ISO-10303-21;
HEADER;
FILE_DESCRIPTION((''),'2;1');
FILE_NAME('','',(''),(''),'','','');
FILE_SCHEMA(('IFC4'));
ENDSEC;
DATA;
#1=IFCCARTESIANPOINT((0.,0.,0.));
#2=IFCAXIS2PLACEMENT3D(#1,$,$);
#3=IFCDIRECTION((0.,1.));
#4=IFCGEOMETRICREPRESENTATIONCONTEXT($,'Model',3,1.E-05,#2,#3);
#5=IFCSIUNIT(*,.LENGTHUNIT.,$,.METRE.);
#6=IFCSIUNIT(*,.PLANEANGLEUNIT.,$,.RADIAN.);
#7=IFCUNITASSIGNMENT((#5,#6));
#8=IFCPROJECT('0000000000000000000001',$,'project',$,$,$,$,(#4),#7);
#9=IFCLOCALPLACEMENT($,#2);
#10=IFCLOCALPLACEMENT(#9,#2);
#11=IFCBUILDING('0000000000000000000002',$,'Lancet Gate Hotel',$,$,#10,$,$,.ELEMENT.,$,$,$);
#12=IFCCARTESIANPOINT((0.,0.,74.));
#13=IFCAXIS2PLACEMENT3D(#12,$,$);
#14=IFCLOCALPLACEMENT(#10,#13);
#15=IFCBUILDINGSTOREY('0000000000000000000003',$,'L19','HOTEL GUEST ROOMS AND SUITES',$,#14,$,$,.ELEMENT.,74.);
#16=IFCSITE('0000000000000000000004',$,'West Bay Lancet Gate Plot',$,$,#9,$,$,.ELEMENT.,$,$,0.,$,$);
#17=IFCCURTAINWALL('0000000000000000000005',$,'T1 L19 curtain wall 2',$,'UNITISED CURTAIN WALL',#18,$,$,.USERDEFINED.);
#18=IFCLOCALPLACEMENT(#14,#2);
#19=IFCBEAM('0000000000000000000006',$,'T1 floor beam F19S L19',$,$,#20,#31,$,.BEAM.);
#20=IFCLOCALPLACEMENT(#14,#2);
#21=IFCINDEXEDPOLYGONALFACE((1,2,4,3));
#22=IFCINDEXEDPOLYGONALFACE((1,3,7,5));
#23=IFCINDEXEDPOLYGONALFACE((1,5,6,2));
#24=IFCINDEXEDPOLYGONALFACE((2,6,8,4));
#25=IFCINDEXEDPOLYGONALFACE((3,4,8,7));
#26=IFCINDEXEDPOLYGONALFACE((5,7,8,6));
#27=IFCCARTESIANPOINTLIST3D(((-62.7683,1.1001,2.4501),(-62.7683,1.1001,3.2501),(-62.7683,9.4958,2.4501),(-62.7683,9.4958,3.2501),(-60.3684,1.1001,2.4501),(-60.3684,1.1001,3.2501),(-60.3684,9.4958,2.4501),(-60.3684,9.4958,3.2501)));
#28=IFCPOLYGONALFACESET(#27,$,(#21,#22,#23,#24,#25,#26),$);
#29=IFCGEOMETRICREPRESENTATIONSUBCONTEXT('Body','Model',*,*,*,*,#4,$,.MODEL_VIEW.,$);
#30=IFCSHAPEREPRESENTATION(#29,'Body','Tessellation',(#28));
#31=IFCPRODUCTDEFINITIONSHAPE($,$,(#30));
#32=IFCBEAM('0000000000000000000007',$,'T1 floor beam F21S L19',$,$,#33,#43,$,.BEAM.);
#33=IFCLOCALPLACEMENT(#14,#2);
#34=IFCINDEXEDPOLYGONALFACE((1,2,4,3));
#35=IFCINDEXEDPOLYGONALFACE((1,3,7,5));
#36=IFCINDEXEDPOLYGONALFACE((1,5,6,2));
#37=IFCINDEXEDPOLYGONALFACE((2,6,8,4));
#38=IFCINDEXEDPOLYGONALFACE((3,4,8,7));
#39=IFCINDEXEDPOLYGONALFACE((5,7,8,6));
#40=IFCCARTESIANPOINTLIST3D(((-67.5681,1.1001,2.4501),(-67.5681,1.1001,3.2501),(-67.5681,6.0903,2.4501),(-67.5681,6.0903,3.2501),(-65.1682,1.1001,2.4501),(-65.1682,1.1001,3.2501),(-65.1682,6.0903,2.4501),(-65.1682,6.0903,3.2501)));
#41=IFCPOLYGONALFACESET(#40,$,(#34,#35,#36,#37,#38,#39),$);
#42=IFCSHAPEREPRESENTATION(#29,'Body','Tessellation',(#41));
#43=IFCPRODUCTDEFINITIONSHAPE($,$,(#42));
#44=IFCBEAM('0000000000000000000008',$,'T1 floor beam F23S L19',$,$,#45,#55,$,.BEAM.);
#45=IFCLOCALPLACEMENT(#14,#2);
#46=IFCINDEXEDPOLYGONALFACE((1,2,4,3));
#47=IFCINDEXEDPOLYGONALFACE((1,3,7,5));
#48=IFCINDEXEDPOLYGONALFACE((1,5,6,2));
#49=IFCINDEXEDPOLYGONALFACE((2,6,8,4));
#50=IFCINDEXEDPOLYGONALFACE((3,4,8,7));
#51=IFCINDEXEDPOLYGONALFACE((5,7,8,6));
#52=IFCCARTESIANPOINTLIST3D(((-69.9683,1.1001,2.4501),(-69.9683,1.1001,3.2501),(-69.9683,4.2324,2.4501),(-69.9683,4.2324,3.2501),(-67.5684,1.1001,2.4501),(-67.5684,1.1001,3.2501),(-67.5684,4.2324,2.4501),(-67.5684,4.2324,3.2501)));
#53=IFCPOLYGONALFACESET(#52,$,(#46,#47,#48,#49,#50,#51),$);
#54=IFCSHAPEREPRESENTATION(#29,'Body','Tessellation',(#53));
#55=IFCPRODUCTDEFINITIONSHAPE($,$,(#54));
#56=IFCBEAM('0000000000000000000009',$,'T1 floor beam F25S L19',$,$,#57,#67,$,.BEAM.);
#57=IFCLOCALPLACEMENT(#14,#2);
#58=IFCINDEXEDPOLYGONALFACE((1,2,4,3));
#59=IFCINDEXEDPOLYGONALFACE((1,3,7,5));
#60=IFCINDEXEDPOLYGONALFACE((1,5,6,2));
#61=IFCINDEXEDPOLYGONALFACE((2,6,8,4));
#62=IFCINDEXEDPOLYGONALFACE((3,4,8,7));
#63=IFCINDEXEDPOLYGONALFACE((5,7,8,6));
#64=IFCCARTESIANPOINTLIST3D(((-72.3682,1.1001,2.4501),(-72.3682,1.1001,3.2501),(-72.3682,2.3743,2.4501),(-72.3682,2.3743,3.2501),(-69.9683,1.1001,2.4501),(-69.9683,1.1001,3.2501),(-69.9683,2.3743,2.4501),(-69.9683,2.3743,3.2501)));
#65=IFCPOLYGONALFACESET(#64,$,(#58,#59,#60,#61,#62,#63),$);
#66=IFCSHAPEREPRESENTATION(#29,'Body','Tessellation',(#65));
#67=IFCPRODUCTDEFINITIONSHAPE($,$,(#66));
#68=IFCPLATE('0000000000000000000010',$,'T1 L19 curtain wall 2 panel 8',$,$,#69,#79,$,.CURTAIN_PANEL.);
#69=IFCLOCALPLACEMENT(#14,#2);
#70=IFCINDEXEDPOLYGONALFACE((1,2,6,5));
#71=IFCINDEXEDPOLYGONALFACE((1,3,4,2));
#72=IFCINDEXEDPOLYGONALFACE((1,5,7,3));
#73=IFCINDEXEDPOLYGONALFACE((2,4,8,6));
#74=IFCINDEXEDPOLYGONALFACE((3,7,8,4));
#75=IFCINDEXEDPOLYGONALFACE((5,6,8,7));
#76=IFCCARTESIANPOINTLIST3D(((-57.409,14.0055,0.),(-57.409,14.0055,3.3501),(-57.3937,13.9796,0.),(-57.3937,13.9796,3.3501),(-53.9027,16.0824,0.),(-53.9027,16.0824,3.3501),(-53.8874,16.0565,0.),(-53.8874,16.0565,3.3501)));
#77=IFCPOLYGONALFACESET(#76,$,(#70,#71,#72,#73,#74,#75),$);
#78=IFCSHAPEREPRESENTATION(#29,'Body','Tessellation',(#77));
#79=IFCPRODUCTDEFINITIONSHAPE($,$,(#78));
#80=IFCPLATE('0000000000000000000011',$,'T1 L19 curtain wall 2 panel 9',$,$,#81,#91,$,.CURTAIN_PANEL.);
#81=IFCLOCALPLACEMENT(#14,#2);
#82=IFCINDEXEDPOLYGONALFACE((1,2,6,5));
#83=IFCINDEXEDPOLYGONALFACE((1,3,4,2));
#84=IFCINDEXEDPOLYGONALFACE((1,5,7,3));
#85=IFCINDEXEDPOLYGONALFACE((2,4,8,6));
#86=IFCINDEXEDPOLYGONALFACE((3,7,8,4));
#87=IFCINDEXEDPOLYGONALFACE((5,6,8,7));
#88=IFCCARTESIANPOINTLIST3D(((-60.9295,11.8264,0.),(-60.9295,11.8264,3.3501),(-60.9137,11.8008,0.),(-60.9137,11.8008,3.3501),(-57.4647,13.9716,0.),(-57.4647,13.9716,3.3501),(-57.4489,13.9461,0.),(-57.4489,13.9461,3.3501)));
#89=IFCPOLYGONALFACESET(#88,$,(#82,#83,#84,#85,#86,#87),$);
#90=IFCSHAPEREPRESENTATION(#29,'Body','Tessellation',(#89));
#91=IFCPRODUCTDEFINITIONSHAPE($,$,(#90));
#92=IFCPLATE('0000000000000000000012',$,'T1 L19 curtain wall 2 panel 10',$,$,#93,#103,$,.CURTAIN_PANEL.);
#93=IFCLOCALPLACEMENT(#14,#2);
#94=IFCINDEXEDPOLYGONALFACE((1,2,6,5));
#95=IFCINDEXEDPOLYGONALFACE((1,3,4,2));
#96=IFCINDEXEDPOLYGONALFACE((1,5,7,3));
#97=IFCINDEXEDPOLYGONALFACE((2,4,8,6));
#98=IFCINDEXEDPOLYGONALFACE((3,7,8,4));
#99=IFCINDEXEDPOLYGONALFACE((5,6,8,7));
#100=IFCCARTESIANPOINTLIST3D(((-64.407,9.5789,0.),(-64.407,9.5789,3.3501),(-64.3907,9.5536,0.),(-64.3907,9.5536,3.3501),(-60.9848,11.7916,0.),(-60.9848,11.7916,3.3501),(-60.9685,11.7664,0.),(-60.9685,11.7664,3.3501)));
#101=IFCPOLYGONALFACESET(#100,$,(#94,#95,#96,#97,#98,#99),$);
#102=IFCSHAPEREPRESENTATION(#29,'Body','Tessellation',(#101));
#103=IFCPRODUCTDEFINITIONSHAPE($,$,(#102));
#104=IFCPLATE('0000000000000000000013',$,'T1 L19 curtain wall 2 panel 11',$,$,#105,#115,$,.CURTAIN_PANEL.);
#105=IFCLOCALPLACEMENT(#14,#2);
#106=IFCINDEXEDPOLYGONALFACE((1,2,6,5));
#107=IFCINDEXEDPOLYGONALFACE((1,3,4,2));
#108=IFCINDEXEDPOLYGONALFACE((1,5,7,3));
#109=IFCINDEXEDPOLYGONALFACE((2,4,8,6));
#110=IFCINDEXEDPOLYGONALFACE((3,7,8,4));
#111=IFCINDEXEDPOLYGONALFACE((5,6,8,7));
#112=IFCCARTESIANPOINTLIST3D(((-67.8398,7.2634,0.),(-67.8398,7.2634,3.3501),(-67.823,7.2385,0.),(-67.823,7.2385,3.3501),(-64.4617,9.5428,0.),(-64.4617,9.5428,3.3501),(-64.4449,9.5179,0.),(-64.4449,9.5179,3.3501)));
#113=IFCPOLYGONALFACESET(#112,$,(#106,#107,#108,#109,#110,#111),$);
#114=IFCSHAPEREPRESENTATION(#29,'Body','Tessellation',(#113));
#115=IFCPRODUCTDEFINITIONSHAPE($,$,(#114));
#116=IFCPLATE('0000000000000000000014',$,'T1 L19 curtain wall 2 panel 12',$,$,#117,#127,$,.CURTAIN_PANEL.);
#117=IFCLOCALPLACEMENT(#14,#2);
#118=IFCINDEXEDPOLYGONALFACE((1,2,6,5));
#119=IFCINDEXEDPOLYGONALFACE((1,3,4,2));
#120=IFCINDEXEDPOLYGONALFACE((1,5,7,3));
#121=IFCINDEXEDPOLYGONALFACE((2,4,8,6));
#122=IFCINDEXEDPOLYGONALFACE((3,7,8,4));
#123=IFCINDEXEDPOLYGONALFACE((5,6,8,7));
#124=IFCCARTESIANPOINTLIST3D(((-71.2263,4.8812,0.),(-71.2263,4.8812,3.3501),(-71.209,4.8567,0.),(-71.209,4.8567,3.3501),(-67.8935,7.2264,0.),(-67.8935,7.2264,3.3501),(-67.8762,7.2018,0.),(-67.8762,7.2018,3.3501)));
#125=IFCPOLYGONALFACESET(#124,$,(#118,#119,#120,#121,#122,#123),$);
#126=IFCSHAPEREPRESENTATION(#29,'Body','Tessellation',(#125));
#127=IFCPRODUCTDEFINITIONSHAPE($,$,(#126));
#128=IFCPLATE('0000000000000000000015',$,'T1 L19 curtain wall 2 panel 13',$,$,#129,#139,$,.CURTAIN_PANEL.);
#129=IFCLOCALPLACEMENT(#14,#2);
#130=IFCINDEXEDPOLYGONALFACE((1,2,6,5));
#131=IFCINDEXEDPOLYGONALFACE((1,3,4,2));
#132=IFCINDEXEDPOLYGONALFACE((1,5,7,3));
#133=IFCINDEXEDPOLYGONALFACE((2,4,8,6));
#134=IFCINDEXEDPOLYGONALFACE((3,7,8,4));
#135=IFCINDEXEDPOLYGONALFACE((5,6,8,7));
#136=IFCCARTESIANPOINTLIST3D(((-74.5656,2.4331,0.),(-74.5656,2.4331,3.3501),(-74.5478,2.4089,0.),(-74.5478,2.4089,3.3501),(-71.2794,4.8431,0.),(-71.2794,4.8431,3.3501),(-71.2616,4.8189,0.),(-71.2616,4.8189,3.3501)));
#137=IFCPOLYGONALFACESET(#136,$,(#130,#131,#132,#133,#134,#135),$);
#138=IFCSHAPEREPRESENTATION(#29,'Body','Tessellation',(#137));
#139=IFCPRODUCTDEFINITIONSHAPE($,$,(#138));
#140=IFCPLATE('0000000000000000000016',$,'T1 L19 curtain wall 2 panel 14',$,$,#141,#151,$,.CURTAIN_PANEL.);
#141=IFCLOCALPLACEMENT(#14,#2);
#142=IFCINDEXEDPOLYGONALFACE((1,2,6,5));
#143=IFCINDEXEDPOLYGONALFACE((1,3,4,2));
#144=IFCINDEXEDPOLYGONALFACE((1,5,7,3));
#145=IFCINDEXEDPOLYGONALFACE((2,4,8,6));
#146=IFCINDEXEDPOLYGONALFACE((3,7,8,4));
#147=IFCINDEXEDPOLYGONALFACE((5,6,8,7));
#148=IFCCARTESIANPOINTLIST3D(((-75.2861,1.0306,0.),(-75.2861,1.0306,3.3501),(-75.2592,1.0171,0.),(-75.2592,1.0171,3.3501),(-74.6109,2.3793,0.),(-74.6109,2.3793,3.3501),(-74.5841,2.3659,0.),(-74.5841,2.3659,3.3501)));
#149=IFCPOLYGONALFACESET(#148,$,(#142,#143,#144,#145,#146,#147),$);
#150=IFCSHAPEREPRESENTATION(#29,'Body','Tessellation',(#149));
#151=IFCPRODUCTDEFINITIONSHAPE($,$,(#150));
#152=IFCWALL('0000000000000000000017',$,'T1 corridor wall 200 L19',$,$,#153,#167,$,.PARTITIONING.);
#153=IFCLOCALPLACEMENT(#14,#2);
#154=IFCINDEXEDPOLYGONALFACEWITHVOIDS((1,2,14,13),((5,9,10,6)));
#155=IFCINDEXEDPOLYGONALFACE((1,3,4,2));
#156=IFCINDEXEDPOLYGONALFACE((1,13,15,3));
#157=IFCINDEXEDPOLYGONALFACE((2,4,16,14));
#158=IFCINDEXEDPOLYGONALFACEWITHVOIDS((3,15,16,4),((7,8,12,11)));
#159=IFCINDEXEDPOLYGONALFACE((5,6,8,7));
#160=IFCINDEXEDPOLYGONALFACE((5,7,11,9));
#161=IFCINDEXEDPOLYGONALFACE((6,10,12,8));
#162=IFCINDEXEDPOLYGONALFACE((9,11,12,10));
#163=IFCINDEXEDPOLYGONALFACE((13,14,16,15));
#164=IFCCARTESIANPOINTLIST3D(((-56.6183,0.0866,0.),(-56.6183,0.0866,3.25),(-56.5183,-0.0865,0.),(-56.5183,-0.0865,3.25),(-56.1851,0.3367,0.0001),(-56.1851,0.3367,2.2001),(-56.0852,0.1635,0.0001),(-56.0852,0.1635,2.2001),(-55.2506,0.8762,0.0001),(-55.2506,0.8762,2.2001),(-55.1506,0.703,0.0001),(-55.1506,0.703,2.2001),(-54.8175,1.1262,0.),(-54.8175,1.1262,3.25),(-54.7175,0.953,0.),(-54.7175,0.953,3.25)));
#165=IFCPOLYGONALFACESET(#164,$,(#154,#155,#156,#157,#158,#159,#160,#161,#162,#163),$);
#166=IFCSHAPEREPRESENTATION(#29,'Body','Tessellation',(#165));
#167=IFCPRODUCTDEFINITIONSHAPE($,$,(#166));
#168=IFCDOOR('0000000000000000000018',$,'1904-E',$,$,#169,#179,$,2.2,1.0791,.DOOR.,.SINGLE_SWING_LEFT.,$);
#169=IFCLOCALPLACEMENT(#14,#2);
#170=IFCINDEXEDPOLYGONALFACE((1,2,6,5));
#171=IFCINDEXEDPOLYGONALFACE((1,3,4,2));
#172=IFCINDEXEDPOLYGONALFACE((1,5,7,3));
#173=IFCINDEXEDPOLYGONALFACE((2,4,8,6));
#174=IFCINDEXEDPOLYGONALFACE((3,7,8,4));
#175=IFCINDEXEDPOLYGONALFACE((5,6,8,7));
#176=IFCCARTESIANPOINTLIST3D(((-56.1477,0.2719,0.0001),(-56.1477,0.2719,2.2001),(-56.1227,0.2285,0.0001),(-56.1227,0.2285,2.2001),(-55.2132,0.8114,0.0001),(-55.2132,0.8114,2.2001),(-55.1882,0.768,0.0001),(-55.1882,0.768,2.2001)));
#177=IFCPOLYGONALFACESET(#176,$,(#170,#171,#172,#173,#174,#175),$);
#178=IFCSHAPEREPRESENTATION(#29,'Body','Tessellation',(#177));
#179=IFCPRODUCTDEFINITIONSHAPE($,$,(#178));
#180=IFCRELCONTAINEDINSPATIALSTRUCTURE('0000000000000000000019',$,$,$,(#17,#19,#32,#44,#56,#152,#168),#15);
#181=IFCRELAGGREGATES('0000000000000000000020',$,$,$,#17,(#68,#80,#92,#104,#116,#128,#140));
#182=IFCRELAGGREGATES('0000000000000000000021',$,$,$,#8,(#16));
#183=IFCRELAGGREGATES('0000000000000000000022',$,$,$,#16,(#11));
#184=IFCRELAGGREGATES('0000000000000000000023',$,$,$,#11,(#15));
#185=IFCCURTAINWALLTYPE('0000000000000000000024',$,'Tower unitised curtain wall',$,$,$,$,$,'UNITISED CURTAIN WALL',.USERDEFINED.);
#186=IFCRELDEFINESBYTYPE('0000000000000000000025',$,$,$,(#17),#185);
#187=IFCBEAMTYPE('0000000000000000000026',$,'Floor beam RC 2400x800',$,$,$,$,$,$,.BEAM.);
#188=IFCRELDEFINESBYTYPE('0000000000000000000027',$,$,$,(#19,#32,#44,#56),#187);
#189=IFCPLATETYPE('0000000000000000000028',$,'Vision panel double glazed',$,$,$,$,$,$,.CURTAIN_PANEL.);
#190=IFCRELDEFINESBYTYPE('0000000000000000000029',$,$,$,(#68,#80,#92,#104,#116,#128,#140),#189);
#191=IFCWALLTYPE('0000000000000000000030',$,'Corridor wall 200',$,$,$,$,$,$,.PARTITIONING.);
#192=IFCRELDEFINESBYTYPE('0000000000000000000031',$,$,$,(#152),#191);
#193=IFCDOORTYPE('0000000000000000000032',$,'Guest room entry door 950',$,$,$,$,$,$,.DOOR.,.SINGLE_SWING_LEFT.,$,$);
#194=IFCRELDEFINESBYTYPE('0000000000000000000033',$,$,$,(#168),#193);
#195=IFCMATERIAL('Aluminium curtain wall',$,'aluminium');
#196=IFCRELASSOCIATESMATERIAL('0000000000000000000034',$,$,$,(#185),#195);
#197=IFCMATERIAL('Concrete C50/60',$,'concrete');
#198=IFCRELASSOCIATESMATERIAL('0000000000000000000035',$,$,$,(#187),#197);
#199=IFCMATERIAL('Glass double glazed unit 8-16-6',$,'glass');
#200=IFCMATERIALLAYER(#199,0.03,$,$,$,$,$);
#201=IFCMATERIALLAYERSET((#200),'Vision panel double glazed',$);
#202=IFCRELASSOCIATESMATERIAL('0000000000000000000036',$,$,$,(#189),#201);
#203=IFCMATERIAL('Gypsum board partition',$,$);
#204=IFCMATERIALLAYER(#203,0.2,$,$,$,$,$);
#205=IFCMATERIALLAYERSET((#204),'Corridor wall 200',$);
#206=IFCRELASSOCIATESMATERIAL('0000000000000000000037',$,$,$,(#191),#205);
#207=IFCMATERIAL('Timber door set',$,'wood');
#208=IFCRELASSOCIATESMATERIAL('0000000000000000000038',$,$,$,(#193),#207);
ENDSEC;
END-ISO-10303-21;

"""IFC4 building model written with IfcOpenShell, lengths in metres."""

from ifc_helpers import new_model, si_unit, direction, frame, frame_2d, origin, origin_2d, place, context, subcontext, project, spatial, rectangle, extrude, material, layer, layer_set, material_profile, profile_set, type_object, element, fill, aggregate, save


model = new_model("IFC4")

# Units and contexts
model_context = context("Model", 3, precision=1e-05, world=origin(), true_north=direction((0.0, 1.0)))
body_context = subcontext(model_context, "Body", "Model", "MODEL_VIEW")
ifc_project = project(units=[si_unit("LENGTHUNIT", "METRE"), si_unit("PLANEANGLEUNIT", "RADIAN")], contexts=[model_context])

# Site, building, storey
site_placement = place(None, origin())
site = spatial("IfcSite", under=ifc_project, at=site_placement, Name="West Bay Lancet Gate Plot", CompositionType="ELEMENT", RefElevation=0.0)
building_placement = place(site_placement, origin())
building = spatial("IfcBuilding", under=site, at=building_placement, Name="Lancet Gate Hotel", CompositionType="ELEMENT")
storey_placement = place(building_placement, frame((0.0, 0.0, 74.0)))
storey = spatial("IfcBuildingStorey", under=building, at=storey_placement, Name="L19", Description="HOTEL GUEST ROOMS AND SUITES", CompositionType="ELEMENT", Elevation=74.0)

# Curtain wall
ifc_material_1 = material(Name="Aluminium curtain wall", Category="aluminium")
curtain_wall_type = type_object("IfcCurtainWallType", Name="Tower unitised curtain wall", ElementType="UNITISED CURTAIN WALL", PredefinedType="USERDEFINED", material=ifc_material_1)
curtain_wall_placement = place(storey_placement, origin())
curtain_wall = element("IfcCurtainWall", 1, at=curtain_wall_placement, inside=storey, type_object=curtain_wall_type, Name="T1 L19 curtain wall 2", ObjectType="UNITISED CURTAIN WALL", PredefinedType="USERDEFINED")

# Beams
ifc_material_2 = material(Name="Concrete C50/60", Category="concrete")
ifc_material_profile_1 = material_profile(ifc_material_2, rectangle(XDim=2.3999, YDim=0.8, at=origin_2d()), Name="RC 2400x800")
ifc_profile_set_1 = profile_set([ifc_material_profile_1], Name="Concrete C50/60")
beam_type_1 = type_object("IfcBeamType", Name="Floor beam RC 2400x800", PredefinedType="BEAM", material=ifc_profile_set_1)
beam_1_placement = place(storey_placement, frame((-61.5684, 9.4958, 2.8501), z_axis=(0.0, -1.0, 0.0), x_axis=(1.0, 0.0, 0.0)))
element("IfcBeam", 2, at=beam_1_placement, inside=storey, type_object=beam_type_1, Name="T1 floor beam F19S L19", PredefinedType="BEAM", context=body_context, shape_type="SweptSolid", body=[
    extrude(rectangle(XDim=2.3999, YDim=0.8, at=origin_2d()), origin(), (0.0, 0.0, 1.0), 8.3958),
])
beam_2_placement = place(storey_placement, frame((-66.3682, 6.0903, 2.8501), z_axis=(0.0, -1.0, 0.0), x_axis=(1.0, 0.0, 0.0)))
element("IfcBeam", 3, at=beam_2_placement, inside=storey, type_object=beam_type_1, Name="T1 floor beam F21S L19", PredefinedType="BEAM", context=body_context, shape_type="SweptSolid", body=[
    extrude(rectangle(XDim=2.3999, YDim=0.8, at=origin_2d()), origin(), (0.0, 0.0, 1.0), 4.9902),
])
beam_3_placement = place(storey_placement, frame((-68.7683, 4.2324, 2.8501), z_axis=(0.0, -1.0, 0.0), x_axis=(1.0, 0.0, 0.0)))
element("IfcBeam", 4, at=beam_3_placement, inside=storey, type_object=beam_type_1, Name="T1 floor beam F23S L19", PredefinedType="BEAM", context=body_context, shape_type="SweptSolid", body=[
    extrude(rectangle(XDim=2.3999, YDim=0.8, at=origin_2d()), origin(), (0.0, 0.0, 1.0), 3.1323),
])
beam_4_placement = place(storey_placement, frame((-71.1682, 2.3743, 2.8501), z_axis=(0.0, -1.0, 0.0), x_axis=(1.0, 0.0, 0.0)))
element("IfcBeam", 5, at=beam_4_placement, inside=storey, type_object=beam_type_1, Name="T1 floor beam F25S L19", PredefinedType="BEAM", context=body_context, shape_type="SweptSolid", body=[
    extrude(rectangle(XDim=2.3999, YDim=0.8, at=origin_2d()), origin(), (0.0, 0.0, 1.0), 1.2742),
])

# Plates
ifc_material_3 = material(Name="Glass double glazed unit 8-16-6", Category="glass")
ifc_layer_1 = layer(ifc_material_3, 0.03)
ifc_layer_set_1 = layer_set([ifc_layer_1], Name="Vision panel double glazed")
plate_type = type_object("IfcPlateType", Name="Vision panel double glazed", PredefinedType="CURTAIN_PANEL", material=ifc_layer_set_1)
plate_1_placement = place(storey_placement, frame((-55.6482, 15.031, 0.0), z_axis=(0.0, 0.0, 1.0), x_axis=(-0.860382, -0.50965, 0.0)))
plate_1 = element("IfcPlate", 6, at=plate_1_placement, type_object=plate_type, Name="T1 L19 curtain wall 2 panel 8", PredefinedType="CURTAIN_PANEL", context=body_context, shape_type="SweptSolid", body=[
    extrude(rectangle(XDim=4.0752, YDim=0.03, at=origin_2d()), origin(), (0.0, 0.0, 1.0), 3.3501),
])
plate_2_placement = place(storey_placement, frame((-59.1892, 12.8862, 0.0), z_axis=(0.0, 0.0, 1.0), x_axis=(-0.850229, -0.526414, 0.0)))
plate_2 = element("IfcPlate", 7, at=plate_2_placement, type_object=plate_type, Name="T1 L19 curtain wall 2 panel 9", PredefinedType="CURTAIN_PANEL", context=body_context, shape_type="SweptSolid", body=[
    extrude(rectangle(XDim=4.0752, YDim=0.03, at=origin_2d()), origin(), (0.0, 0.0, 1.0), 3.3501),
])
plate_3_placement = place(storey_placement, frame((-62.6877, 10.6726, 0.0), z_axis=(0.0, 0.0, 1.0), x_axis=(-0.839749, -0.542975, 0.0)))
plate_3 = element("IfcPlate", 8, at=plate_3_placement, type_object=plate_type, Name="T1 L19 curtain wall 2 panel 10", PredefinedType="CURTAIN_PANEL", context=body_context, shape_type="SweptSolid", body=[
    extrude(rectangle(XDim=4.0752, YDim=0.03, at=origin_2d()), origin(), (0.0, 0.0, 1.0), 3.3501),
])
plate_4_placement = place(storey_placement, frame((-66.1423, 8.3906, 0.0), z_axis=(0.0, 0.0, 1.0), x_axis=(-0.828946, -0.559329, 0.0)))
plate_4 = element("IfcPlate", 9, at=plate_4_placement, type_object=plate_type, Name="T1 L19 curtain wall 2 panel 11", PredefinedType="CURTAIN_PANEL", context=body_context, shape_type="SweptSolid", body=[
    extrude(rectangle(XDim=4.0752, YDim=0.03, at=origin_2d()), origin(), (0.0, 0.0, 1.0), 3.3501),
])
plate_5_placement = place(storey_placement, frame((-69.5513, 6.0415, 0.0), z_axis=(0.0, 0.0, 1.0), x_axis=(-0.817825, -0.575467, 0.0)))
plate_5 = element("IfcPlate", 10, at=plate_5_placement, type_object=plate_type, Name="T1 L19 curtain wall 2 panel 12", PredefinedType="CURTAIN_PANEL", context=body_context, shape_type="SweptSolid", body=[
    extrude(rectangle(XDim=4.0752, YDim=0.03, at=origin_2d()), origin(), (0.0, 0.0, 1.0), 3.3501),
])
plate_6_placement = place(storey_placement, frame((-72.9136, 3.626, 0.0), z_axis=(0.0, 0.0, 1.0), x_axis=(-0.80639, -0.591384, 0.0)))
plate_6 = element("IfcPlate", 11, at=plate_6_placement, type_object=plate_type, Name="T1 L19 curtain wall 2 panel 13", PredefinedType="CURTAIN_PANEL", context=body_context, shape_type="SweptSolid", body=[
    extrude(rectangle(XDim=4.0752, YDim=0.03, at=origin_2d()), origin(), (0.0, 0.0, 1.0), 3.3501),
])
plate_7_placement = place(storey_placement, frame((-74.9351, 1.6982, 0.0), z_axis=(0.0, 0.0, 1.0), x_axis=(-0.447628, -0.89422, 0.0)))
plate_7 = element("IfcPlate", 12, at=plate_7_placement, type_object=plate_type, Name="T1 L19 curtain wall 2 panel 14", PredefinedType="CURTAIN_PANEL", context=body_context, shape_type="SweptSolid", body=[
    extrude(rectangle(XDim=1.5083, YDim=0.03, at=origin_2d()), origin(), (0.0, 0.0, 1.0), 3.3501),
])
aggregate(curtain_wall, [plate_1, plate_2, plate_3, plate_4, plate_5, plate_6, plate_7])

# Wall, opening, door
ifc_material_4 = material(Name="Gypsum board partition")
ifc_layer_2 = layer(ifc_material_4, 0.2)
ifc_layer_set_2 = layer_set([ifc_layer_2], Name="Corridor wall 200")
wall_type_1 = type_object("IfcWallType", Name="Corridor wall 200", PredefinedType="PARTITIONING", material=ifc_layer_set_2)
wall_1_placement = place(storey_placement, frame((-54.7676, 1.0396, 0.0), z_axis=(0.0, 0.0, 1.0), x_axis=(-0.866053, -0.499953, 0.0)))
wall_1 = element("IfcWall", 13, at=wall_1_placement, inside=storey, type_object=wall_type_1, Name="T1 corridor wall 200 L19", PredefinedType="PARTITIONING", context=body_context, shape_type="SweptSolid", body=[
    extrude(rectangle(XDim=2.0793, YDim=0.2, at=frame_2d((1.0396, 0.0))), origin(), (0.0, 0.0, 1.0), 3.25),
])
opening_placement = place(wall_1_placement, frame((0.5, 0.0, 0.0)))
opening = element("IfcOpeningElement", 14, at=opening_placement, cuts=wall_1, PredefinedType="OPENING", context=body_context, shape_type="SweptSolid", body=[
    extrude(rectangle(XDim=1.0791, YDim=2.2, at=frame_2d((0.5396, 1.1001))), frame((0.0, 0.1099, 0.0), z_axis=(0.0, -1.0, 0.0), x_axis=(1.0, 0.0, 0.0)), (0.0, 0.0, 1.0), 0.22),
])
ifc_material_5 = material(Name="Timber door set", Category="wood")
door_type = type_object("IfcDoorType", Name="Guest room entry door 950", OperationType="SINGLE_SWING_LEFT", PredefinedType="DOOR", material=ifc_material_5)
door_placement = place(opening_placement, origin())
door = element("IfcDoor", 15, at=door_placement, inside=storey, type_object=door_type, Name="1904-E", OperationType="SINGLE_SWING_LEFT", OverallHeight=2.2, OverallWidth=1.0791, PredefinedType="DOOR", context=body_context, shape_type="SweptSolid", body=[
    extrude(rectangle(XDim=1.0791, YDim=2.2, at=frame_2d((0.5396, 1.1001))), frame((0.0, 0.0249, 0.0), z_axis=(0.0, -1.0, 0.0), x_axis=(1.0, 0.0, 0.0)), (0.0, 0.0, 1.0), 0.05),
])
fill(opening, door)

save(model, "model.ifc")
